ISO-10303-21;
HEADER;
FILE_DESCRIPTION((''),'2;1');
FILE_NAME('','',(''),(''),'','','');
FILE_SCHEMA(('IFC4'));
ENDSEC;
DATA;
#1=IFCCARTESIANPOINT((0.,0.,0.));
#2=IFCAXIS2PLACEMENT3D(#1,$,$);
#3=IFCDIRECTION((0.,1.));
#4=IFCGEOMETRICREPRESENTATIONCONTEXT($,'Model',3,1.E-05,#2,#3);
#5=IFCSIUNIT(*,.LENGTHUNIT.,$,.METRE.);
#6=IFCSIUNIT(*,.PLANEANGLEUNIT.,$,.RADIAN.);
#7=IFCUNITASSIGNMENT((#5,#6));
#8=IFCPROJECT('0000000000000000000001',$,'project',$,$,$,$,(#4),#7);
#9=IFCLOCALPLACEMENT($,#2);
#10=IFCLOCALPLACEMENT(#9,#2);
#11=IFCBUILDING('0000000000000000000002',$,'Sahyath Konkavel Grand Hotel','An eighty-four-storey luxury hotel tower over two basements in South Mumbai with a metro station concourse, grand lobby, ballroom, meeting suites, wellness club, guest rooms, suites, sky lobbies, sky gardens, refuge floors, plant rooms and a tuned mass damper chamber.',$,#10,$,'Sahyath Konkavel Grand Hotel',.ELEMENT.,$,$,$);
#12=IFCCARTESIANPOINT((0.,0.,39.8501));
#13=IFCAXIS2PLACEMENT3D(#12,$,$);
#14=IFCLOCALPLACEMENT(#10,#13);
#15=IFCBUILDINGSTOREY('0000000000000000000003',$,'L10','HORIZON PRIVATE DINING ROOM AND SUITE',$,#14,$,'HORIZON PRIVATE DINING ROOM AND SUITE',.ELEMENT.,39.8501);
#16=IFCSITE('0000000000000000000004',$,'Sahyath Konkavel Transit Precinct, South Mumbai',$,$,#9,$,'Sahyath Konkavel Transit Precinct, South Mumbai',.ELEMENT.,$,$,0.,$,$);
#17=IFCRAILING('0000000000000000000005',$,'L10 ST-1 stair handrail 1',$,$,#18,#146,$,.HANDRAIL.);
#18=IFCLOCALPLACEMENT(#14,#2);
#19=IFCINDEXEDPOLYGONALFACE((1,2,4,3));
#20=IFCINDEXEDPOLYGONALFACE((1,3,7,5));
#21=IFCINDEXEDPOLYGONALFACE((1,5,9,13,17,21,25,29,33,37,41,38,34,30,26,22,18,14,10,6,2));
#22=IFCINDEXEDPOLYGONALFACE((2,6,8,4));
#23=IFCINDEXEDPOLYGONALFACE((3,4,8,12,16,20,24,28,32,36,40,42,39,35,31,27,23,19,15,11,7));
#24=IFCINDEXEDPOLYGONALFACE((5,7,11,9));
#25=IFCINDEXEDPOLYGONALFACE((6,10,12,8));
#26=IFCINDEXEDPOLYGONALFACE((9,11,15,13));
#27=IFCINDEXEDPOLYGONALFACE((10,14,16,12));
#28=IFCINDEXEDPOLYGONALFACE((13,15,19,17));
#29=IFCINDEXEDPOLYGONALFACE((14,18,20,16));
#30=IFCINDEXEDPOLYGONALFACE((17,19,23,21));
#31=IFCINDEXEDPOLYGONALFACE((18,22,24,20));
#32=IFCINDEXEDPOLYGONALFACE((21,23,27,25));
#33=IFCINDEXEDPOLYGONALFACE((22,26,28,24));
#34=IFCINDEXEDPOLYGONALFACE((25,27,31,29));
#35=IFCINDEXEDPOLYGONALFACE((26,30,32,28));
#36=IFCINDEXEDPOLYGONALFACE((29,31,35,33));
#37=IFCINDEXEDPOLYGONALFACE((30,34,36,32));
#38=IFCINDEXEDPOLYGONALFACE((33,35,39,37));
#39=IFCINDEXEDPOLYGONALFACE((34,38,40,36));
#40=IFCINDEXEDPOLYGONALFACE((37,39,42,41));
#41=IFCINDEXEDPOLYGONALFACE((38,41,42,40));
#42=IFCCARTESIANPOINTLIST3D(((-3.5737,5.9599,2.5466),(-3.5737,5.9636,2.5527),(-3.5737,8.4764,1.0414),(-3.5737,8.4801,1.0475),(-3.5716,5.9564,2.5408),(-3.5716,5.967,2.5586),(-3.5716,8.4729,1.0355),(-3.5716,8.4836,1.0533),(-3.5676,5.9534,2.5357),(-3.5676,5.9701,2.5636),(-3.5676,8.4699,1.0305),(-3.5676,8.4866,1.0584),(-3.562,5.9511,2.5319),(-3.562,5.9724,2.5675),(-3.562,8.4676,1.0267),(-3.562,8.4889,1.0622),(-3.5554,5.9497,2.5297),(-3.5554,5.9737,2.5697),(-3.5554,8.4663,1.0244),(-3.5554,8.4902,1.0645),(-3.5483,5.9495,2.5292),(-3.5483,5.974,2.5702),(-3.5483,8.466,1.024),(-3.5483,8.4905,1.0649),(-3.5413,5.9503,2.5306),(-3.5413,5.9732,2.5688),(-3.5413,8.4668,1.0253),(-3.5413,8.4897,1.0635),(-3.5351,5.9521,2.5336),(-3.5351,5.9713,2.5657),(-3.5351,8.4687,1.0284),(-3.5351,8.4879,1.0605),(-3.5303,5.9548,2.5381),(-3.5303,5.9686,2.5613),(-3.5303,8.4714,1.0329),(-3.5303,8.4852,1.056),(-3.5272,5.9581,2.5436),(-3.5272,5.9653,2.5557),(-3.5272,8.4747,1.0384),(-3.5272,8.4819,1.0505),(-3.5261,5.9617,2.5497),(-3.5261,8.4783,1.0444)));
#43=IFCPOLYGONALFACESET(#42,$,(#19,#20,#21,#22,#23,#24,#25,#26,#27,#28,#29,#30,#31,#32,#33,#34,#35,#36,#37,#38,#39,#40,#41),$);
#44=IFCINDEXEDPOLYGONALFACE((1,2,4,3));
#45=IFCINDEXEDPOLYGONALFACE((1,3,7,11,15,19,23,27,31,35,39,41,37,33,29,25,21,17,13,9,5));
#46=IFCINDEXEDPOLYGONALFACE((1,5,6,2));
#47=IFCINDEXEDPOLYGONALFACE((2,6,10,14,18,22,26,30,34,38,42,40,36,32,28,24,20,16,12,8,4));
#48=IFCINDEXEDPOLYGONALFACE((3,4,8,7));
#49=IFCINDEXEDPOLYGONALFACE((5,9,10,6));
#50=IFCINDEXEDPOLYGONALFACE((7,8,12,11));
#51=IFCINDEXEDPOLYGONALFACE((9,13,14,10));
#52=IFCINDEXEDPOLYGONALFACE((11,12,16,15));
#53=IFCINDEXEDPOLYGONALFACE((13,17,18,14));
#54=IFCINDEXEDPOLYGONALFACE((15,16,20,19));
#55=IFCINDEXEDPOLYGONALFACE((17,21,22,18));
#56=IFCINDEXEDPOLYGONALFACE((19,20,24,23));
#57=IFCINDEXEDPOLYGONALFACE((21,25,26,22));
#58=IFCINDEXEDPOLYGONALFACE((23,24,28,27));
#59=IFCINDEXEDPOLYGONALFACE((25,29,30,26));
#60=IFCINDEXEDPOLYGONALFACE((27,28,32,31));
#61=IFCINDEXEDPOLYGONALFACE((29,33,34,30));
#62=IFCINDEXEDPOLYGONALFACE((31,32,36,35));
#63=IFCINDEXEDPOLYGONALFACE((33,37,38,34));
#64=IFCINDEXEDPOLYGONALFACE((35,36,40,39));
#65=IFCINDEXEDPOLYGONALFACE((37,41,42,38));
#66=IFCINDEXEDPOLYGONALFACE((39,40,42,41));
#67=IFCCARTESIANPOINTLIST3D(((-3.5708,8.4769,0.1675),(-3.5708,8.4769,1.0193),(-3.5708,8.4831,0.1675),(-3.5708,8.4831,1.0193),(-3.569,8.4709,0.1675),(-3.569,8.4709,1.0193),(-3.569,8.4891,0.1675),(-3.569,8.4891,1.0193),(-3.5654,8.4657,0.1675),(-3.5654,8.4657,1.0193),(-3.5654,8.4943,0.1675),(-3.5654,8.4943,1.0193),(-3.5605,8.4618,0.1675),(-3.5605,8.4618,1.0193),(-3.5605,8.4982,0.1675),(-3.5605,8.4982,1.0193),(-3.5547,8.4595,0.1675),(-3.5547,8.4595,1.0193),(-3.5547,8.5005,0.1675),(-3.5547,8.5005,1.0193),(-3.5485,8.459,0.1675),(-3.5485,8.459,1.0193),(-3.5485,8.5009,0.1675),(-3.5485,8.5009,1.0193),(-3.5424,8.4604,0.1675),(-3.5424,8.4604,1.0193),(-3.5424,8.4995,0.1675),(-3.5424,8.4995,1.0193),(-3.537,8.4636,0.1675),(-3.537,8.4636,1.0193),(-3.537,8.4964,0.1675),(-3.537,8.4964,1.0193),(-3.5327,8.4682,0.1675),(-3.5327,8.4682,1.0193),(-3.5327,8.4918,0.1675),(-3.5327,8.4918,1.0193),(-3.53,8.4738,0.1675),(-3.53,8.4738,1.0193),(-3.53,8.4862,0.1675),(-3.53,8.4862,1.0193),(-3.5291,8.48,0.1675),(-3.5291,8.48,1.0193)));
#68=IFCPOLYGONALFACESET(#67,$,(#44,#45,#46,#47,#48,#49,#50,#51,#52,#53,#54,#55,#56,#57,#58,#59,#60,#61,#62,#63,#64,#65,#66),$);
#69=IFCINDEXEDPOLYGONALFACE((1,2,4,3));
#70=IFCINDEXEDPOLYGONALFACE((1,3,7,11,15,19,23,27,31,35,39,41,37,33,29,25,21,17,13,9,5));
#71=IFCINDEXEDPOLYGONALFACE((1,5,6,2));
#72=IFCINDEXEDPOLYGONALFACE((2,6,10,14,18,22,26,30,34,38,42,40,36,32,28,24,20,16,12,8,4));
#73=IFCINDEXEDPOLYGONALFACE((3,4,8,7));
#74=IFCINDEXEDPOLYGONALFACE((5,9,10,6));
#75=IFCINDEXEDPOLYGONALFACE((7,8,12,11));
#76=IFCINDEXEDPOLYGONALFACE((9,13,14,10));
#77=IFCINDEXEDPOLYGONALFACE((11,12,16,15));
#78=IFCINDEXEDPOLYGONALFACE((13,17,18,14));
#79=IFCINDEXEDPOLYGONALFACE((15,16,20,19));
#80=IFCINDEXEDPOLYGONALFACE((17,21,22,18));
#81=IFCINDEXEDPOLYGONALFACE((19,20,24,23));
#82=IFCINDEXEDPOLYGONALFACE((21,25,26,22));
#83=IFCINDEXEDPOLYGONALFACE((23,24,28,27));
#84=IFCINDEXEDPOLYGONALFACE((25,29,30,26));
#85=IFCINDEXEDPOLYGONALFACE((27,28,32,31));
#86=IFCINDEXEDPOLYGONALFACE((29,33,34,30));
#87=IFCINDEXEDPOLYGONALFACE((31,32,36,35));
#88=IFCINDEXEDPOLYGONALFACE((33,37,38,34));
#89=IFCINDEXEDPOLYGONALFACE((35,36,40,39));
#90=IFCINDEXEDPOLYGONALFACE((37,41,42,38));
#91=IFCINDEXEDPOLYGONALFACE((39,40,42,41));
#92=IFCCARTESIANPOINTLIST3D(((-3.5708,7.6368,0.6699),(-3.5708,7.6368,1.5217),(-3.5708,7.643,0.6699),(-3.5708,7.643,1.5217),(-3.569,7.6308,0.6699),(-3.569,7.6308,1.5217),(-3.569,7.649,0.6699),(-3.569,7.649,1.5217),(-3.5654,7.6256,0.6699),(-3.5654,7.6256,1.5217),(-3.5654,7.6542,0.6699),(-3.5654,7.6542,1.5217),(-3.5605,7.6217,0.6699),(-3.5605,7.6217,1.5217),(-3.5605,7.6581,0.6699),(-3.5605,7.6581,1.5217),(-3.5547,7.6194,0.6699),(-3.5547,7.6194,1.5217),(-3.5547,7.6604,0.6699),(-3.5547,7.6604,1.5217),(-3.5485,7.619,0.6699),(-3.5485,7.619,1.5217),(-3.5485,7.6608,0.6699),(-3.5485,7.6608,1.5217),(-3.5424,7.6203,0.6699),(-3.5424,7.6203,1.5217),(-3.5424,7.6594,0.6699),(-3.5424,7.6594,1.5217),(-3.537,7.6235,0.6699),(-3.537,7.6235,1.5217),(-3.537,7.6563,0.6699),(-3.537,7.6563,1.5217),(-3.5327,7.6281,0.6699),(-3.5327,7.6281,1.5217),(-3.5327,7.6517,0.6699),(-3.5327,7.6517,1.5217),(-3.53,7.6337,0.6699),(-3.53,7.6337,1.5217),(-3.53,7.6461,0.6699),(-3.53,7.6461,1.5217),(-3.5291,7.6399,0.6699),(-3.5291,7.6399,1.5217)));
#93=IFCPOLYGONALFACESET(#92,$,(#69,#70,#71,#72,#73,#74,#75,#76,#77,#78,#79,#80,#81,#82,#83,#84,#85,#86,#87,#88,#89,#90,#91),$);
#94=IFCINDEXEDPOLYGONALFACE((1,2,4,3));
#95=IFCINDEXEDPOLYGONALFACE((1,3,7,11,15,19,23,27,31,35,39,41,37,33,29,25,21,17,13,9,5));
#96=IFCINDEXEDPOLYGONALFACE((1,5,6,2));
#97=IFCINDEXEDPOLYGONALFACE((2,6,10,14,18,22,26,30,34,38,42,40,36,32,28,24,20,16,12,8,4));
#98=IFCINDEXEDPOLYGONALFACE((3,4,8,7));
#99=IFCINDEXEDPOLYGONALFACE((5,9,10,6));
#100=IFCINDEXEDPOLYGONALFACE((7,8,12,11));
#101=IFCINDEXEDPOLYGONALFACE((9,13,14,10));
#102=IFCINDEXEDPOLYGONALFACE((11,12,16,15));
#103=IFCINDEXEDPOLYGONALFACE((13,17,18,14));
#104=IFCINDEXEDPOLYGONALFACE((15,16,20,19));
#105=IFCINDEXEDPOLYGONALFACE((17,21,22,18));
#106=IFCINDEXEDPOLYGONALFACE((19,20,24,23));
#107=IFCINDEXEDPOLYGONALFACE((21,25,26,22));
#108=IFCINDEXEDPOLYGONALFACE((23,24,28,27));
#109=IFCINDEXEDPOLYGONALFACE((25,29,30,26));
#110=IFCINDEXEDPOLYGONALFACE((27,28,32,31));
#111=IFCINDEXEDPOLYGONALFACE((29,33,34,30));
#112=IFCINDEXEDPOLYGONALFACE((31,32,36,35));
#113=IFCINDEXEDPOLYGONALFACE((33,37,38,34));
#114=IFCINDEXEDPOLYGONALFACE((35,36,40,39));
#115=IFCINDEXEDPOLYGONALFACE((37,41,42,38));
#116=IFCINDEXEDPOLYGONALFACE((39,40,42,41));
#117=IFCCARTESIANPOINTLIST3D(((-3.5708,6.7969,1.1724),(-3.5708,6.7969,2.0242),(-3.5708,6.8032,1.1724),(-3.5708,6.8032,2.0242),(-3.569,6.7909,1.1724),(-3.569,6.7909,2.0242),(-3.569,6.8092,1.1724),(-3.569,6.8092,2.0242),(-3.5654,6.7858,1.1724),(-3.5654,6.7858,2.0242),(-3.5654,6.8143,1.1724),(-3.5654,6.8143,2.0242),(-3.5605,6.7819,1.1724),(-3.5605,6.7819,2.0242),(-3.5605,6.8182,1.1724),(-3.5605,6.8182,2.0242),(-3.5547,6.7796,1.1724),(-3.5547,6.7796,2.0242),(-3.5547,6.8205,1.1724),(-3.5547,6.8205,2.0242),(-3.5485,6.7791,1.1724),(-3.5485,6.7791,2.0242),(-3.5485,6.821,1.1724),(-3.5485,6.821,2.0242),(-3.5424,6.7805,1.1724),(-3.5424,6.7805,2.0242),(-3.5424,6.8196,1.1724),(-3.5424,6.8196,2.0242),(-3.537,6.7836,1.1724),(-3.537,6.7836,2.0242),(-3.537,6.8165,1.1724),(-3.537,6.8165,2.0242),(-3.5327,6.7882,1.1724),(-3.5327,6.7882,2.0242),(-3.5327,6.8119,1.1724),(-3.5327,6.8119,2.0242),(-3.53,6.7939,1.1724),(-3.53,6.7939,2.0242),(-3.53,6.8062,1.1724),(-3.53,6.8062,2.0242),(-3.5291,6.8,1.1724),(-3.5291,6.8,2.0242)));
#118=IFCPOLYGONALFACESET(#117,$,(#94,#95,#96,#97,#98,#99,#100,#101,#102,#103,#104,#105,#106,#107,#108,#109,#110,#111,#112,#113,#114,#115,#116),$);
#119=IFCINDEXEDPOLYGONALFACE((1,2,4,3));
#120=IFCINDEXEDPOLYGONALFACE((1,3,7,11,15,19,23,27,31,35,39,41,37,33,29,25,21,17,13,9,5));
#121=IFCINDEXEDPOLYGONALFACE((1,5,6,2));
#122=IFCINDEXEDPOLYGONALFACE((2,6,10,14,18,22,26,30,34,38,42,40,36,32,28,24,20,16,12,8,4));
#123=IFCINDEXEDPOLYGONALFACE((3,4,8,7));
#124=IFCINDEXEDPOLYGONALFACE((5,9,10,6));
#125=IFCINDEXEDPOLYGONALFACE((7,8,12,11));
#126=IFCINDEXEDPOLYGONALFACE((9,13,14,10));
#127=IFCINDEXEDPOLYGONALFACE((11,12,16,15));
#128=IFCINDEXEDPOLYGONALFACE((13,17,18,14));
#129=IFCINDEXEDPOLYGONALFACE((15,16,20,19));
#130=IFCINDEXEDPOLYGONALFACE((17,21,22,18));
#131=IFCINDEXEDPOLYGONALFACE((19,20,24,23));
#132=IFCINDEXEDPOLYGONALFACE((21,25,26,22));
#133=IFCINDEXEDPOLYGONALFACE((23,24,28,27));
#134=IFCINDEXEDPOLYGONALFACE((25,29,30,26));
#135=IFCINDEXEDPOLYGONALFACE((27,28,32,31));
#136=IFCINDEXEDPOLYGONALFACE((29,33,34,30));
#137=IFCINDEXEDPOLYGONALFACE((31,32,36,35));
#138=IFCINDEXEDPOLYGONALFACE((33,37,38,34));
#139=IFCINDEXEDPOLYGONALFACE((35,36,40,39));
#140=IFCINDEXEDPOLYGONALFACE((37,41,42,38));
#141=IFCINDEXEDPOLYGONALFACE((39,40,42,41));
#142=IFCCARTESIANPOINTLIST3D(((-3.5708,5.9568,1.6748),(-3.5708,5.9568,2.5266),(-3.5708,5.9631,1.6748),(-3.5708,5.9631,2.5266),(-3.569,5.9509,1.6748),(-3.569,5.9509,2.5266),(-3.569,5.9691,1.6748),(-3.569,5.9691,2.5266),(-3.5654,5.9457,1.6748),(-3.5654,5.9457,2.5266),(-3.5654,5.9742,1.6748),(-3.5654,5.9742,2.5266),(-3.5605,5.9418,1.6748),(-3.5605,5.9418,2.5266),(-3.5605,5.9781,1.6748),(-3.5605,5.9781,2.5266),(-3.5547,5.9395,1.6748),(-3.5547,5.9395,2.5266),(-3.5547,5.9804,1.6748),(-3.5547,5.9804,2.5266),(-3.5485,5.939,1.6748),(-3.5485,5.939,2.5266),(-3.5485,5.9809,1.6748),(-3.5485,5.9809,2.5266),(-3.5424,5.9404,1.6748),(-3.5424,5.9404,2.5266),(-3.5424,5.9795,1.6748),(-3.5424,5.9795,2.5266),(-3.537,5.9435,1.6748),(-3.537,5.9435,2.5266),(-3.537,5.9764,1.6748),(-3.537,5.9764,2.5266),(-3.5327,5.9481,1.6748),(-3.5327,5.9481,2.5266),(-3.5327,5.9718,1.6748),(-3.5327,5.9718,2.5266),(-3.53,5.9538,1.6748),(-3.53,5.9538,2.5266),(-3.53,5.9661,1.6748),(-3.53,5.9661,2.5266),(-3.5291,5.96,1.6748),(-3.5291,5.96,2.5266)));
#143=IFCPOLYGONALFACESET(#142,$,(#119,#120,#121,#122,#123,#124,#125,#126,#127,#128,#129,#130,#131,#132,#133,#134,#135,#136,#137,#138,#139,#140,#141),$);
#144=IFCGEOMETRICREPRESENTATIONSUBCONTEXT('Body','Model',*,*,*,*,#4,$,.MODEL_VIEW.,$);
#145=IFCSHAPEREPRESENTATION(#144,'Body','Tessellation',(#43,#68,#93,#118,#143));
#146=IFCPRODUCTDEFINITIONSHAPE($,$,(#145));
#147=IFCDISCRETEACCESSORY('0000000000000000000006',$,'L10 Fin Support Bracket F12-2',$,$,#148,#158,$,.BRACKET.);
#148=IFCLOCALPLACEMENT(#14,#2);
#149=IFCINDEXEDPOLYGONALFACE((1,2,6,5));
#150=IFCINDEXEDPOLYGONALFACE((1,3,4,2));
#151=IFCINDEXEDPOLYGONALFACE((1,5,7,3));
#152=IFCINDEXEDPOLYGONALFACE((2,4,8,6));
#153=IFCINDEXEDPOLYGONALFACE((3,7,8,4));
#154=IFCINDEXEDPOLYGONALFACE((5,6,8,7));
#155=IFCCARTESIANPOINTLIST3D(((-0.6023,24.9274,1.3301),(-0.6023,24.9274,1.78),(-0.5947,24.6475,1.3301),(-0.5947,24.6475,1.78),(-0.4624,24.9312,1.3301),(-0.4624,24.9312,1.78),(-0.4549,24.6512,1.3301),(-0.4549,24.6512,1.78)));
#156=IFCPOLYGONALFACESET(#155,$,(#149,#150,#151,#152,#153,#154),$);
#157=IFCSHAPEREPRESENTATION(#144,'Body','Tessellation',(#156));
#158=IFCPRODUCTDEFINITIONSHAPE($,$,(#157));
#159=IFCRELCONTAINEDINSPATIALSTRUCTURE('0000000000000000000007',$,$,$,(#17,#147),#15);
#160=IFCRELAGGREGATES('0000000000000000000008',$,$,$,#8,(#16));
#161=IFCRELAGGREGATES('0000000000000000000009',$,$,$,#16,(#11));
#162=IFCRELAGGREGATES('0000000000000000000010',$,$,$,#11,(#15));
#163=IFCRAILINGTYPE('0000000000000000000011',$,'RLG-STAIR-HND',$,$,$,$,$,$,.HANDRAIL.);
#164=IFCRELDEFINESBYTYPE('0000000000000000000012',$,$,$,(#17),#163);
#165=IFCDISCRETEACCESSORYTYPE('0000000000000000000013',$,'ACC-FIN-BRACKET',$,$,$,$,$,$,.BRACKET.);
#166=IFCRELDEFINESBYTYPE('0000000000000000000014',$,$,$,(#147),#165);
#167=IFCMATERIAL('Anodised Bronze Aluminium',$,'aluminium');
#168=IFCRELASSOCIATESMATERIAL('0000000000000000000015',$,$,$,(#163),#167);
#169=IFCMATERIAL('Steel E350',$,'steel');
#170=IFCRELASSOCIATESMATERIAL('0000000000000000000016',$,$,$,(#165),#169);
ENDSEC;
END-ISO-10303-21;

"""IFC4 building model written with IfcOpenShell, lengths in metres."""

from ifc_helpers import new_model, si_unit, direction, frame, origin, origin_2d, place, context, subcontext, project, spatial, rectangle, circle, extrude, source, transform, mapped, material, type_object, element, save


model = new_model("IFC4")

# Units and contexts
model_context = context("Model", 3, precision=1e-05, world=origin(), true_north=direction((0.0, 1.0)))
body_context = subcontext(model_context, "Body", "Model", "MODEL_VIEW")
ifc_project = project(units=[si_unit("LENGTHUNIT", "METRE"), si_unit("PLANEANGLEUNIT", "RADIAN")], contexts=[model_context])

# Site, building, storey
site_placement = place(None, origin())
site = spatial("IfcSite", under=ifc_project, at=site_placement, Name="Sahyath Konkavel Transit Precinct, South Mumbai", LongName="Sahyath Konkavel Transit Precinct, South Mumbai", CompositionType="ELEMENT", RefElevation=0.0)
building_placement = place(site_placement, origin())
building = spatial("IfcBuilding", under=site, at=building_placement, Name="Sahyath Konkavel Grand Hotel", Description="An eighty-four-storey luxury hotel tower over two basements in South Mumbai with a metro station concourse, grand lobby, ballroom, meeting suites, wellness club, guest rooms, suites, sky lobbies, sky gardens, refuge floors, plant rooms and a tuned mass damper chamber.", LongName="Sahyath Konkavel Grand Hotel", CompositionType="ELEMENT")
storey_placement = place(building_placement, frame((0.0, 0.0, 39.8501)))
storey = spatial("IfcBuildingStorey", under=building, at=storey_placement, Name="L10", Description="HORIZON PRIVATE DINING ROOM AND SUITE", LongName="HORIZON PRIVATE DINING ROOM AND SUITE", CompositionType="ELEMENT", Elevation=39.8501)

# Shared definitions
ifc_material_1 = material(Name="Steel E350", Category="steel")

# Shared definitions
ifc_material_2 = material(Name="Anodised Bronze Aluminium", Category="aluminium")

# Railing
railing_type_1 = type_object("IfcRailingType", Name="RLG-STAIR-HND", PredefinedType="HANDRAIL", material=ifc_material_2)
railing_1_placement = place(storey_placement, frame((-3.55, 8.48, 0.1675)))
element("IfcRailing", 1, at=railing_1_placement, inside=storey, type_object=railing_type_1, Name="L10 ST-1 stair handrail 1", PredefinedType="HANDRAIL", context=body_context, shape_type="SweptSolid", body=[
    extrude(circle(Radius=0.0239, at=origin_2d()), frame((0.0, -0.0017, 0.877), z_axis=(0.0, -0.858196, 0.513321), x_axis=(1.0, 0.0, 0.0)), (0.0, 0.0, 1.0), 2.9324),
    extrude(circle(Radius=0.021, at=origin_2d()), origin(), (0.0, 0.0, 1.0), 0.8518),
    extrude(circle(Radius=0.021, at=origin_2d()), frame((0.0, -0.8401, 0.5024)), (0.0, 0.0, 1.0), 0.8518),
    extrude(circle(Radius=0.021, at=origin_2d()), frame((0.0, -1.6799, 1.0049)), (0.0, 0.0, 1.0), 0.8518),
    extrude(circle(Radius=0.021, at=origin_2d()), frame((0.0, -2.52, 1.5073)), (0.0, 0.0, 1.0), 0.8518),
])

# Discrete accessory
discrete_accessory_type = type_object("IfcDiscreteAccessoryType", Name="ACC-FIN-BRACKET", PredefinedType="BRACKET", material=ifc_material_1)
shared_shape_1 = source(origin(), body_context, "Body", "SweptSolid", [
    extrude(rectangle(XDim=0.28, YDim=0.1399, at=origin_2d()), origin(), (0.0, 0.0, 1.0), 0.45),
])
discrete_accessory_placement = place(storey_placement, frame((-0.5286, 24.7893, 1.3301), z_axis=(0.0, 0.0, 1.0), x_axis=(-0.02691, 0.999638, 0.0)))
element("IfcDiscreteAccessory", 2, at=discrete_accessory_placement, inside=storey, type_object=discrete_accessory_type, Name="L10 Fin Support Bracket F12-2", PredefinedType="BRACKET", context=body_context, shape_type="MappedRepresentation", body=[
    mapped(shared_shape_1, transform((0.0, 0.0, 0.0), scale=1.0)),
])

save(model, "model.ifc")
